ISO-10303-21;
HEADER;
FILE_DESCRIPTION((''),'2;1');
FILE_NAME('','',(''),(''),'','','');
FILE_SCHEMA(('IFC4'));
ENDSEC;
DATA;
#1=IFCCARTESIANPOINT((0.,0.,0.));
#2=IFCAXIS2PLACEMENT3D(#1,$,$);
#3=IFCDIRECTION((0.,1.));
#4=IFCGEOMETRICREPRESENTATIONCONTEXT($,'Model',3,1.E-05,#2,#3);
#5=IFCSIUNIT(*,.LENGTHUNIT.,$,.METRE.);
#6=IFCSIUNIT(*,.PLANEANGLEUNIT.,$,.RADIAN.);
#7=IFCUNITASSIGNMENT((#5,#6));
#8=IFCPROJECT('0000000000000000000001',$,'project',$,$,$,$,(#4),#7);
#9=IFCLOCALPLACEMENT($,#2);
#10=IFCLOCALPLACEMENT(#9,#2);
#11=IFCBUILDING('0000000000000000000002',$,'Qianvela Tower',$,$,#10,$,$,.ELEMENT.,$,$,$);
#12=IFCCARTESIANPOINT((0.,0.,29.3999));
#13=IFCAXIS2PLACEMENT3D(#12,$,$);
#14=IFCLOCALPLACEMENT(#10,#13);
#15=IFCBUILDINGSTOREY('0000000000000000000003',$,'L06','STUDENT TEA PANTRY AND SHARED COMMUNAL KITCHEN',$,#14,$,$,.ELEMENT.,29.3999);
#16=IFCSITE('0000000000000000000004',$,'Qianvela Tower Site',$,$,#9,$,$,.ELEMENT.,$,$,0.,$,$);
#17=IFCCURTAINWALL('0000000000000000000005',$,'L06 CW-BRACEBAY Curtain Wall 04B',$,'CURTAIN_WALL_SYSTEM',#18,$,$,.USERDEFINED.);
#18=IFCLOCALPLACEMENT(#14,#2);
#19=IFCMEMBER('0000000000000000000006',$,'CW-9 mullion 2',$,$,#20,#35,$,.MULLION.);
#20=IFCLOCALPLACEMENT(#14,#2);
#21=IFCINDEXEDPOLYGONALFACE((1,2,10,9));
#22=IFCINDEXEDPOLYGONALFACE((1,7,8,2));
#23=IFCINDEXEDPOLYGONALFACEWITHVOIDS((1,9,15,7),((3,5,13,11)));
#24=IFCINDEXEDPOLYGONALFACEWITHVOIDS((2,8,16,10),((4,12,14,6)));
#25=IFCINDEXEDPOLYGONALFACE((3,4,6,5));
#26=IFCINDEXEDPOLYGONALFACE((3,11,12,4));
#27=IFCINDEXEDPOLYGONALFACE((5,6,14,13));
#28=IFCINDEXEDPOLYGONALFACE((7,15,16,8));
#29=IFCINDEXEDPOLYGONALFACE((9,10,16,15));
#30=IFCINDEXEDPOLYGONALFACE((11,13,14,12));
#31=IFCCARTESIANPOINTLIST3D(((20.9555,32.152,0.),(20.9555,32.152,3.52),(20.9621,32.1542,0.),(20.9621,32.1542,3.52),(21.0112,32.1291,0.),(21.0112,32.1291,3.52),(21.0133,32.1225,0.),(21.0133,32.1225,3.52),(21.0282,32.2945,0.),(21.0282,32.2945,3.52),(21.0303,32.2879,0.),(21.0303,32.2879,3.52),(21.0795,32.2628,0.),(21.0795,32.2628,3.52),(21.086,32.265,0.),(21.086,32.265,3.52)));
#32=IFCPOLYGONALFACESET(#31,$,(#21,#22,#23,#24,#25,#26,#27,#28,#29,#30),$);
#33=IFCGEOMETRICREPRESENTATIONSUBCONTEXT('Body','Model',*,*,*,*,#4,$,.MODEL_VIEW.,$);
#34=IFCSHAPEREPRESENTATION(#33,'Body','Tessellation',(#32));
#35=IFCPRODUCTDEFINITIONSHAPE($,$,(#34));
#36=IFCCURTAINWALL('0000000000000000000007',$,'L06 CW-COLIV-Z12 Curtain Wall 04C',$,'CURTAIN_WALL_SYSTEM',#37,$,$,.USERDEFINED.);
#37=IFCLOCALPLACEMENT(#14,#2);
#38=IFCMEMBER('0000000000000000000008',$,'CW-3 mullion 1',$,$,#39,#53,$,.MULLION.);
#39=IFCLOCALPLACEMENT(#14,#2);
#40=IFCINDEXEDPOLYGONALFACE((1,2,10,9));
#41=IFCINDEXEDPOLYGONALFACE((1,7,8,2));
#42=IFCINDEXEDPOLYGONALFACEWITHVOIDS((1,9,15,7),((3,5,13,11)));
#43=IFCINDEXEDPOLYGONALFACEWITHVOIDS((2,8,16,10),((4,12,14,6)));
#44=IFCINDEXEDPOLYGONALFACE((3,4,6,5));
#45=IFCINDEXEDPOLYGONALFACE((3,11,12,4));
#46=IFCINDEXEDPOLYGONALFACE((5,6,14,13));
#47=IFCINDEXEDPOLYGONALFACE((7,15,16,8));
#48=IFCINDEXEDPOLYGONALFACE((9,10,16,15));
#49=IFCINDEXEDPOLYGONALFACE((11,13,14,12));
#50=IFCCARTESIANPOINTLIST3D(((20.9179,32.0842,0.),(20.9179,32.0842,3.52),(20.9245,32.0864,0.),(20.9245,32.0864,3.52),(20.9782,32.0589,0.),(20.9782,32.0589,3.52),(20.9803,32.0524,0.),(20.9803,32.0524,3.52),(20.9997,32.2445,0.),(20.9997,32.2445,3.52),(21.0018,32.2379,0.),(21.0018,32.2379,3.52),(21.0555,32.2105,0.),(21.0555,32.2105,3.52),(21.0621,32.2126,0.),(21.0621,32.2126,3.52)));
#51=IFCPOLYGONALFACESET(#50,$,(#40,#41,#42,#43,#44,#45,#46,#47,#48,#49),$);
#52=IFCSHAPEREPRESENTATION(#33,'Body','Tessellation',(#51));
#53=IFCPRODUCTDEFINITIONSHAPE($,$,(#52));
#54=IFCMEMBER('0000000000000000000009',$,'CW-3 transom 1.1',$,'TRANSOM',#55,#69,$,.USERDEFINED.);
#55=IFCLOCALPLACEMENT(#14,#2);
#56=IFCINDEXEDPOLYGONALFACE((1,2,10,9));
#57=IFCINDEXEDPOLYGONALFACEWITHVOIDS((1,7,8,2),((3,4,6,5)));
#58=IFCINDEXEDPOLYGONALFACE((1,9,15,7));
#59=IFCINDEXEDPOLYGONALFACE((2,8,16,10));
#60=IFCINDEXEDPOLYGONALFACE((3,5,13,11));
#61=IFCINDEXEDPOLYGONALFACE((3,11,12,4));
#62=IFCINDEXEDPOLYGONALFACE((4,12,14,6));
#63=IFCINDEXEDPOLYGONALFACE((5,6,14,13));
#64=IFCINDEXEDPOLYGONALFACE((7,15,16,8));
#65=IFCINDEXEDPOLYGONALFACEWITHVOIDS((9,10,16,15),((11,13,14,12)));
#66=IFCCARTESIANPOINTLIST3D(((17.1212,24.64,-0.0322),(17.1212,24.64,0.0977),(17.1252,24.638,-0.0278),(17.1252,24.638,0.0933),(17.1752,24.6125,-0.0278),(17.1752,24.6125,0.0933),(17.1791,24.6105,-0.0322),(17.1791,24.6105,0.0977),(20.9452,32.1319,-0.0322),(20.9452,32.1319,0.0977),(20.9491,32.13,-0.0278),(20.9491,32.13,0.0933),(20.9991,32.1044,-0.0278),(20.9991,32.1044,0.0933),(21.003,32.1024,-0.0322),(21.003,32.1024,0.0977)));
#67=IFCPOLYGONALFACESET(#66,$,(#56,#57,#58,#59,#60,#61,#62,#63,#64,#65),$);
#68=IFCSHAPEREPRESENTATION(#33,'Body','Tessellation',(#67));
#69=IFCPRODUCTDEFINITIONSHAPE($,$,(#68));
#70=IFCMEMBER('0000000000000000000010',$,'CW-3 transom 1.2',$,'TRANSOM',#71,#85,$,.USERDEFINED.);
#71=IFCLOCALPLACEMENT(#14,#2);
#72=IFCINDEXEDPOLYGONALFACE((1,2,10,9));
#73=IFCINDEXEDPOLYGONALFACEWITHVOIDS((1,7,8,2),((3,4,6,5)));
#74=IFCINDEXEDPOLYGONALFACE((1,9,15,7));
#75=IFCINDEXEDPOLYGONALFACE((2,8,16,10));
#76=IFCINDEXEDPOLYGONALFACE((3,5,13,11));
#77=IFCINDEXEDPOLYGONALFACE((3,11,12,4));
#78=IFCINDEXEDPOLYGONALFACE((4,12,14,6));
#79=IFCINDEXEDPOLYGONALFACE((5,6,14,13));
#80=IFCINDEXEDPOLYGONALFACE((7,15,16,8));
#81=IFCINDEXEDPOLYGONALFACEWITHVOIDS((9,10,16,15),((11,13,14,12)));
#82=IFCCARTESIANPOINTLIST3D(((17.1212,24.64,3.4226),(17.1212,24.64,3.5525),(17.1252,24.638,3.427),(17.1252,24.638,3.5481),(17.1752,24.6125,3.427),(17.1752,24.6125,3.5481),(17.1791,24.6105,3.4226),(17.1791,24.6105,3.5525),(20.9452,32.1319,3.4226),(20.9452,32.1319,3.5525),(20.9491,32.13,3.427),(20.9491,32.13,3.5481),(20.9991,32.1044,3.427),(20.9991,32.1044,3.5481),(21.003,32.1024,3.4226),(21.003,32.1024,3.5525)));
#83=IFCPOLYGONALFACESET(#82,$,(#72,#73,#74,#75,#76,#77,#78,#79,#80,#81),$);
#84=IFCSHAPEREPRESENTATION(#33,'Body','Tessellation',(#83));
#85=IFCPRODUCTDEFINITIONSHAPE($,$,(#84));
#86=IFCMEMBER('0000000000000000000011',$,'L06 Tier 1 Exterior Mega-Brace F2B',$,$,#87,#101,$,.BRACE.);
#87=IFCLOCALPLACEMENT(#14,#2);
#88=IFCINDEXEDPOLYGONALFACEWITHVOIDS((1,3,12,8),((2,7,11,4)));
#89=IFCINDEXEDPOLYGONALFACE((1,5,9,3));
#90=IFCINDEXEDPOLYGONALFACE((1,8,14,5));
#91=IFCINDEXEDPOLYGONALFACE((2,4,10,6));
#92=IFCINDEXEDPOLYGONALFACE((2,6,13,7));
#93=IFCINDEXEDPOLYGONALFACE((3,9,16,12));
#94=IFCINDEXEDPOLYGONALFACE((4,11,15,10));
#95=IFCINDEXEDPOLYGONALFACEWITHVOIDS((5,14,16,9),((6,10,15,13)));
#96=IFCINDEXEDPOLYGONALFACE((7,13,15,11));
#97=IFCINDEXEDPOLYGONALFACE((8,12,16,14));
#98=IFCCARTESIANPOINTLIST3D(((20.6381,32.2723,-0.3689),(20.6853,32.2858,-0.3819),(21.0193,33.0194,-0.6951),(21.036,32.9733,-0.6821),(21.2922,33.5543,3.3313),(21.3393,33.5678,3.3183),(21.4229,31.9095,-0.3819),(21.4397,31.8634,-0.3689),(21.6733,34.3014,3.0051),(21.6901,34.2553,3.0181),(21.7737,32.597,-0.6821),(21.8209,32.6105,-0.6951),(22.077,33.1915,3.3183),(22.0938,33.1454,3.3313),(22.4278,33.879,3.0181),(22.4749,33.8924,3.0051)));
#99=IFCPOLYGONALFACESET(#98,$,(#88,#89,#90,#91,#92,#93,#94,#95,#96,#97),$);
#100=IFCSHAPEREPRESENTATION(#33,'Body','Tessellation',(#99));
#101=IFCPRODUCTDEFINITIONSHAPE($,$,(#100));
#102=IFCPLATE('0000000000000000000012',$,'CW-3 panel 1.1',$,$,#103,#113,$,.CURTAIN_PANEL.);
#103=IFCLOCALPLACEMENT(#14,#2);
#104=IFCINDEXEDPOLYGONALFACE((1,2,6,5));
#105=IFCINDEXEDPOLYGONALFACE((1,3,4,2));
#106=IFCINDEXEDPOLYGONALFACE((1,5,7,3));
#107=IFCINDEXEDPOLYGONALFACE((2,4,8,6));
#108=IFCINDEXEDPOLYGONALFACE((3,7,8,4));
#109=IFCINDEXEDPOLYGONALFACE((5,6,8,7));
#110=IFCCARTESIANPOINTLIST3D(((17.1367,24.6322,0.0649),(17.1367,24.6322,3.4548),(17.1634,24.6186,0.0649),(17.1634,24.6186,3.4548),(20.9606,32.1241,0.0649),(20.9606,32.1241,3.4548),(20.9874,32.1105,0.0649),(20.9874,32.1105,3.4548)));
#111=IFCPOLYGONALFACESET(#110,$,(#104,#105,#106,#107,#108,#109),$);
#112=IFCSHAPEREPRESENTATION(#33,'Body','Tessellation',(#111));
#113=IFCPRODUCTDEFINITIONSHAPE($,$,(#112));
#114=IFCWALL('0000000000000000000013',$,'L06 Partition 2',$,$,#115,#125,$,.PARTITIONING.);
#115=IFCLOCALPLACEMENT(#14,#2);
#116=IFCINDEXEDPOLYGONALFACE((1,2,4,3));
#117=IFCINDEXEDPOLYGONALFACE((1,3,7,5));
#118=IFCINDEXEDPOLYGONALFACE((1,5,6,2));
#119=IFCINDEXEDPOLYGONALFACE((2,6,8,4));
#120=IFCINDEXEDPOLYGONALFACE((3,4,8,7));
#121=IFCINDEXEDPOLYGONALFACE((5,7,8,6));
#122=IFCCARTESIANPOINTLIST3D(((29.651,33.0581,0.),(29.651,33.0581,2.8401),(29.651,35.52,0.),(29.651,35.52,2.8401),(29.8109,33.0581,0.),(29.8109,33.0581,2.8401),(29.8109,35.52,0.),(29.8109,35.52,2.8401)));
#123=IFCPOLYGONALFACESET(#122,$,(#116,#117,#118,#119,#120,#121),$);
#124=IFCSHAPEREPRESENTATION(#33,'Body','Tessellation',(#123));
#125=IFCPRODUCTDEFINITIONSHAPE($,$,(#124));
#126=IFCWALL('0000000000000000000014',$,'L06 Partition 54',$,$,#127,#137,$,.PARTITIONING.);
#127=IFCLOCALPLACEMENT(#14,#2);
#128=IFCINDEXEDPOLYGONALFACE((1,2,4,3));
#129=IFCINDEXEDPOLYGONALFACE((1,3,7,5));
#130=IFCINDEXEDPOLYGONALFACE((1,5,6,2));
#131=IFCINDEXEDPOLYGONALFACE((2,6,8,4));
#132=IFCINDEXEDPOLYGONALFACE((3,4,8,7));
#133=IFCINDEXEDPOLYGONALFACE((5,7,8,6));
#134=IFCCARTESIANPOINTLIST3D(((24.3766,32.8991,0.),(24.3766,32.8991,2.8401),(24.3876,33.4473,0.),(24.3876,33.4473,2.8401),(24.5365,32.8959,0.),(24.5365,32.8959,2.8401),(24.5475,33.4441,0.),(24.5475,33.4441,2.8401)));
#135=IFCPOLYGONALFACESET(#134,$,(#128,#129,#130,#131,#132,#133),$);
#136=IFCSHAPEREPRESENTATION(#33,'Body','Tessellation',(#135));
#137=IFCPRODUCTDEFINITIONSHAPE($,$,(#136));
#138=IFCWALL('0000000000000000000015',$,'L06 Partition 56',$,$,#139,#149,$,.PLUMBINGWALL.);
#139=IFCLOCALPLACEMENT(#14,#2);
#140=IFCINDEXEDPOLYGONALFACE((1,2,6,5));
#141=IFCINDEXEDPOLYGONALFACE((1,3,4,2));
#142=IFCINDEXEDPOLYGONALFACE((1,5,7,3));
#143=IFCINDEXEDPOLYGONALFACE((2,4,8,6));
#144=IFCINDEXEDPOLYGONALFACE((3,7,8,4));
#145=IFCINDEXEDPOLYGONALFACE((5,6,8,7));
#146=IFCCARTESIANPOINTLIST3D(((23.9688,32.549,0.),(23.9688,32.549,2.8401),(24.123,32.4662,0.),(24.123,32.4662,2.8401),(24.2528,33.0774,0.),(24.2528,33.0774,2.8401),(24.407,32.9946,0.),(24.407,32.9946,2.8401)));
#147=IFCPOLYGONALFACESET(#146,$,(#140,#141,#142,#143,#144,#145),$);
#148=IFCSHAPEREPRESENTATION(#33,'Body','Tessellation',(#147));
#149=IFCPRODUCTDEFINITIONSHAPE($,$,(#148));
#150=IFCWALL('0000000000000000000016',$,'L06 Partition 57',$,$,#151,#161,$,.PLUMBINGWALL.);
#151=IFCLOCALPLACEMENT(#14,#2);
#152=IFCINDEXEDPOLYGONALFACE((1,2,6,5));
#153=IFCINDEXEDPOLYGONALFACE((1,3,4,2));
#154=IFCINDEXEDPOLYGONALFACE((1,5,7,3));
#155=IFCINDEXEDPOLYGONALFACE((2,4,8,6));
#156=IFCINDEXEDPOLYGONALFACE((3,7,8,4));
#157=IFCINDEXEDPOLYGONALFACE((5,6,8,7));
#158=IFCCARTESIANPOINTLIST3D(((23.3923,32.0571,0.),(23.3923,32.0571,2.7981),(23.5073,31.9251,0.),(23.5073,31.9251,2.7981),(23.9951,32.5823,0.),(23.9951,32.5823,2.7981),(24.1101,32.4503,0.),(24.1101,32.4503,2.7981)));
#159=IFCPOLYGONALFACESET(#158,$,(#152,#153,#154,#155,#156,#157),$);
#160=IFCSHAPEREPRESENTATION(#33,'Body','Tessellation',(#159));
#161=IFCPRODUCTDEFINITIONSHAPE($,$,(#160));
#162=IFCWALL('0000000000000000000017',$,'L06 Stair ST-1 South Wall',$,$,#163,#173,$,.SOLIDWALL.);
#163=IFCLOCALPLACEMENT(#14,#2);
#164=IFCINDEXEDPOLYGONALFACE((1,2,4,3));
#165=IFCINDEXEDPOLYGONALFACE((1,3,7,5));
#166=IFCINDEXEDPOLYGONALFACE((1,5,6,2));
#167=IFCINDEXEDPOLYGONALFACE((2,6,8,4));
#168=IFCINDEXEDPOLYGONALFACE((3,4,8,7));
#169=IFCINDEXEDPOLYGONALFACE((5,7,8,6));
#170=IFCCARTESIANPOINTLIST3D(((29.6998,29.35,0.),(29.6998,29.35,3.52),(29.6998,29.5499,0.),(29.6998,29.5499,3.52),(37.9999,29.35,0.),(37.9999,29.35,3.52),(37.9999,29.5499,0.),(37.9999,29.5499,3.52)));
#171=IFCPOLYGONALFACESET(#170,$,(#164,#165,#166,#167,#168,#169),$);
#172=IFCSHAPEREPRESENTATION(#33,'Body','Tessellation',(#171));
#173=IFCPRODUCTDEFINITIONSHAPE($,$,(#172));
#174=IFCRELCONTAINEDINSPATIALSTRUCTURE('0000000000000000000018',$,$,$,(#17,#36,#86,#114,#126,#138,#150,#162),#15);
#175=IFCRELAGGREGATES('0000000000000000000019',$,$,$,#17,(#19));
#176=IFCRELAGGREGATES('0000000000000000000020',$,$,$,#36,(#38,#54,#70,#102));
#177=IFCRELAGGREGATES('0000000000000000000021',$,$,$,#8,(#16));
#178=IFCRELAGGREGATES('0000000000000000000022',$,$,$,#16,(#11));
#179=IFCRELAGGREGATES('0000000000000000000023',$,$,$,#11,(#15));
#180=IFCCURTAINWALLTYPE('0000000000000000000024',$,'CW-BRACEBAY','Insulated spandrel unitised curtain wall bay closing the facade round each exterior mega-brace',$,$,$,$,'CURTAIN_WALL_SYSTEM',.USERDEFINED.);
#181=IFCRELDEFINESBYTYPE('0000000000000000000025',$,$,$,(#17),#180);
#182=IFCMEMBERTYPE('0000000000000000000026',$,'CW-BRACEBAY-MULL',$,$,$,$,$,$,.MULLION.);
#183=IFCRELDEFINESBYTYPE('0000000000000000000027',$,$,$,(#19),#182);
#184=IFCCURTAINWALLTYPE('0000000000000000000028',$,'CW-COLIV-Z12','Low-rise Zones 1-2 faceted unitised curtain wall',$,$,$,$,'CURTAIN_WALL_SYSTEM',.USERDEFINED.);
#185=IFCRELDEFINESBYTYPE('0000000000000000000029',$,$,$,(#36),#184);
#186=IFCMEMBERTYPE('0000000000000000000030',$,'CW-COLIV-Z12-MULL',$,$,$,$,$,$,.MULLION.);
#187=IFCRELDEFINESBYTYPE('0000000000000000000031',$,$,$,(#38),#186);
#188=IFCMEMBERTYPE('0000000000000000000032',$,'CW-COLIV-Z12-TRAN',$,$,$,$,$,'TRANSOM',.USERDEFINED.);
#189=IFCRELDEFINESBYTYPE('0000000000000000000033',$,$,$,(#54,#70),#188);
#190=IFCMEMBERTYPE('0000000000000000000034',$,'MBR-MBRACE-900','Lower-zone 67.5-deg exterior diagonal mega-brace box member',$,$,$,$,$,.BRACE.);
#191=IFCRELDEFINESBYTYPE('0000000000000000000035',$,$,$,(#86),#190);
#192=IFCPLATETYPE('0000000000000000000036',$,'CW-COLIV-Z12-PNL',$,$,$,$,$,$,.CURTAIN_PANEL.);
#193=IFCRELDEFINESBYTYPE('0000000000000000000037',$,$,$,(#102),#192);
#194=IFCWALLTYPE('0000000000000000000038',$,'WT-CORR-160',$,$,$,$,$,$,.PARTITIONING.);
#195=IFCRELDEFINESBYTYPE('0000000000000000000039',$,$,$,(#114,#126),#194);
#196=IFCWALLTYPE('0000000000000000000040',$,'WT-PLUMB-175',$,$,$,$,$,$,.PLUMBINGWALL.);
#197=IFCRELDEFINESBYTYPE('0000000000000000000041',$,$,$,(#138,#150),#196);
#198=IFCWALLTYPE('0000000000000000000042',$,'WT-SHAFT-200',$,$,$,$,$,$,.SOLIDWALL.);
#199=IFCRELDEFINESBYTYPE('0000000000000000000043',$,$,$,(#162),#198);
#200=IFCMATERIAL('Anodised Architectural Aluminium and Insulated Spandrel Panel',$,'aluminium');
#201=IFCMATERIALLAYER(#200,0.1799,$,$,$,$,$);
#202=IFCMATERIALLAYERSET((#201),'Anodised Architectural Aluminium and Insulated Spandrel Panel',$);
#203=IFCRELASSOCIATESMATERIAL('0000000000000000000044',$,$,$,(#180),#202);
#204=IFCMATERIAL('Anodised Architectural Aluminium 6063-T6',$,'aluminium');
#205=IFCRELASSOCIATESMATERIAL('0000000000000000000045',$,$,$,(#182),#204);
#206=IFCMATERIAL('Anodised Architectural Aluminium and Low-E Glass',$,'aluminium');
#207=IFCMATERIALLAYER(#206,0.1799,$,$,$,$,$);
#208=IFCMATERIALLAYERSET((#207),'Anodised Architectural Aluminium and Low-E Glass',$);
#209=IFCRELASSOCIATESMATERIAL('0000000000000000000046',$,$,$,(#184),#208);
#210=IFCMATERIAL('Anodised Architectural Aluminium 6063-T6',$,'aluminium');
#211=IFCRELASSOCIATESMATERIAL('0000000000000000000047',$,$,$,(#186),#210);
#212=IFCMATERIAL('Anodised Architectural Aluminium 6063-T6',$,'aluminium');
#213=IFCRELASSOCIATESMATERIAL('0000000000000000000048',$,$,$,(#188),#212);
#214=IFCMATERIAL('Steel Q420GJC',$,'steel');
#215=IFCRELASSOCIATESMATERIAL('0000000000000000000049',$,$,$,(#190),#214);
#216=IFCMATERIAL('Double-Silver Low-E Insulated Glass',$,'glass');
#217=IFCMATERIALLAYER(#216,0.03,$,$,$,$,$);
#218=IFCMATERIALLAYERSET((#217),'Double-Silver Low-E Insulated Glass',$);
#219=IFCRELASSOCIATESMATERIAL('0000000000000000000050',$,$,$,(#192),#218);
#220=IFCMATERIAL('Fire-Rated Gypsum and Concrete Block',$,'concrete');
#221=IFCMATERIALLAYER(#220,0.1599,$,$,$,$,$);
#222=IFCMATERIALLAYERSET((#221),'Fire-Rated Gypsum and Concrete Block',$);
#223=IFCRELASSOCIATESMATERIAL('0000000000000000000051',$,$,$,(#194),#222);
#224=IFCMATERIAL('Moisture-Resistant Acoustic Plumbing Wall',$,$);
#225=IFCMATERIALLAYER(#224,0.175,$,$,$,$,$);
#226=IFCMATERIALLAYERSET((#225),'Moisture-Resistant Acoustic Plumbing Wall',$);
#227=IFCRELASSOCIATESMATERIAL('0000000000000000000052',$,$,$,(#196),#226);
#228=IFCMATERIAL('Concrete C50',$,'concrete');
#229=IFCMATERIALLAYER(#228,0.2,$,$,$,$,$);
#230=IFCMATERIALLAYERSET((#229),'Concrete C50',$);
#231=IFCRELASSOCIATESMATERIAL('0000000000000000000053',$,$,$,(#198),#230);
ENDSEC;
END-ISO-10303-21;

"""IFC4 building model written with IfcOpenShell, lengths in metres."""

from ifc_helpers import new_model, si_unit, direction, frame, frame_2d, origin, origin_2d, place, context, subcontext, project, spatial, rectangle, hollow_rectangle, extrude, material, layer, layer_set, material_profile, profile_set, type_object, element, aggregate, save


model = new_model("IFC4")

# Units and contexts
model_context = context("Model", 3, precision=1e-05, world=origin(), true_north=direction((0.0, 1.0)))
body_context = subcontext(model_context, "Body", "Model", "MODEL_VIEW")
ifc_project = project(units=[si_unit("LENGTHUNIT", "METRE"), si_unit("PLANEANGLEUNIT", "RADIAN")], contexts=[model_context])

# Site, building, storey
site_placement = place(None, origin())
site = spatial("IfcSite", under=ifc_project, at=site_placement, Name="Qianvela Tower Site", CompositionType="ELEMENT", RefElevation=0.0)
building_placement = place(site_placement, origin())
building = spatial("IfcBuilding", under=site, at=building_placement, Name="Qianvela Tower", CompositionType="ELEMENT")
storey_placement = place(building_placement, frame((0.0, 0.0, 29.3999)))
storey = spatial("IfcBuildingStorey", under=building, at=storey_placement, Name="L06", Description="STUDENT TEA PANTRY AND SHARED COMMUNAL KITCHEN", CompositionType="ELEMENT", Elevation=29.3999)

# Curtain wall, member
ifc_material_1 = material(Name="Anodised Architectural Aluminium and Insulated Spandrel Panel", Category="aluminium")
ifc_layer_1 = layer(ifc_material_1, 0.1799)
ifc_layer_set_1 = layer_set([ifc_layer_1], Name="Anodised Architectural Aluminium and Insulated Spandrel Panel")
curtain_wall_type_1 = type_object("IfcCurtainWallType", Name="CW-BRACEBAY", Description="Insulated spandrel unitised curtain wall bay closing the facade round each exterior mega-brace", ElementType="CURTAIN_WALL_SYSTEM", PredefinedType="USERDEFINED", material=ifc_layer_set_1)
curtain_wall_1_placement = place(storey_placement, origin())
curtain_wall_1 = element("IfcCurtainWall", 1, at=curtain_wall_1_placement, inside=storey, type_object=curtain_wall_type_1, Name="L06 CW-BRACEBAY Curtain Wall 04B", ObjectType="CURTAIN_WALL_SYSTEM", PredefinedType="USERDEFINED")
ifc_material_2 = material(Name="Anodised Architectural Aluminium 6063-T6", Category="aluminium")
ifc_material_profile_1 = material_profile(ifc_material_2, hollow_rectangle(XDim=0.0649, YDim=0.1599, WallThickness=0.0049, at=origin_2d()), Name="ALU-MULL-65x160")
ifc_profile_set_1 = profile_set([ifc_material_profile_1], Name="Anodised Architectural Aluminium 6063-T6")
member_type_1 = type_object("IfcMemberType", Name="CW-BRACEBAY-MULL", PredefinedType="MULLION", material=ifc_profile_set_1)
member_1_placement = place(storey_placement, frame((21.0208, 32.2085, 0.0), z_axis=(0.0, 0.0, 1.0), x_axis=(0.890689, -0.454613, 0.0)))
member_1 = element("IfcMember", 2, at=member_1_placement, type_object=member_type_1, Name="CW-9 mullion 2", PredefinedType="MULLION", context=body_context, shape_type="SweptSolid", body=[
    extrude(hollow_rectangle(XDim=0.0649, YDim=0.1599, WallThickness=0.0049, at=origin_2d()), origin(), (0.0, 0.0, 1.0), 3.52),
])
aggregate(curtain_wall_1, [member_1])

# Curtain wall, members
ifc_material_3 = material(Name="Anodised Architectural Aluminium and Low-E Glass", Category="aluminium")
ifc_layer_2 = layer(ifc_material_3, 0.1799)
ifc_layer_set_2 = layer_set([ifc_layer_2], Name="Anodised Architectural Aluminium and Low-E Glass")
curtain_wall_type_2 = type_object("IfcCurtainWallType", Name="CW-COLIV-Z12", Description="Low-rise Zones 1-2 faceted unitised curtain wall", ElementType="CURTAIN_WALL_SYSTEM", PredefinedType="USERDEFINED", material=ifc_layer_set_2)
curtain_wall_2_placement = place(storey_placement, origin())
curtain_wall_2 = element("IfcCurtainWall", 3, at=curtain_wall_2_placement, inside=storey, type_object=curtain_wall_type_2, Name="L06 CW-COLIV-Z12 Curtain Wall 04C", ObjectType="CURTAIN_WALL_SYSTEM", PredefinedType="USERDEFINED")
ifc_material_4 = material(Name="Anodised Architectural Aluminium 6063-T6", Category="aluminium")
ifc_material_profile_2 = material_profile(ifc_material_4, hollow_rectangle(XDim=0.0701, YDim=0.1799, WallThickness=0.0049, at=origin_2d()), Name="ALU-MULL-70x180")
ifc_profile_set_2 = profile_set([ifc_material_profile_2], Name="Anodised Architectural Aluminium 6063-T6")
member_type_2 = type_object("IfcMemberType", Name="CW-COLIV-Z12-MULL", PredefinedType="MULLION", material=ifc_profile_set_2)
member_2_placement = place(storey_placement, frame((20.99, 32.1484, 0.0), z_axis=(0.0, 0.0, 1.0), x_axis=(0.890687, -0.454617, 0.0)))
member_2 = element("IfcMember", 4, at=member_2_placement, type_object=member_type_2, Name="CW-3 mullion 1", PredefinedType="MULLION", context=body_context, shape_type="SweptSolid", body=[
    extrude(hollow_rectangle(XDim=0.0701, YDim=0.1799, WallThickness=0.0049, at=origin_2d()), origin(), (0.0, 0.0, 1.0), 3.52),
])
ifc_material_5 = material(Name="Anodised Architectural Aluminium 6063-T6", Category="aluminium")
ifc_material_profile_3 = material_profile(ifc_material_5, hollow_rectangle(XDim=0.0649, YDim=0.1299, WallThickness=0.0044, at=origin_2d()), Name="ALU-TRAN-65x130")
ifc_profile_set_3 = profile_set([ifc_material_profile_3], Name="Anodised Architectural Aluminium 6063-T6")
member_type_3 = type_object("IfcMemberType", Name="CW-COLIV-Z12-TRAN", ElementType="TRANSOM", PredefinedType="USERDEFINED", material=ifc_profile_set_3)
member_3_placement = place(storey_placement, frame((20.9741, 32.1172, 0.0327), z_axis=(-0.454617, -0.890687, 0.0), x_axis=(0.890687, -0.454617, 0.0)))
member_3 = element("IfcMember", 5, at=member_3_placement, type_object=member_type_3, Name="CW-3 transom 1.1", ObjectType="TRANSOM", PredefinedType="USERDEFINED", context=body_context, shape_type="SweptSolid", body=[
    extrude(hollow_rectangle(XDim=0.0649, YDim=0.1299, WallThickness=0.0044, at=origin_2d()), origin(), (0.0, 0.0, 1.0), 8.4114),
])
member_4_placement = place(storey_placement, frame((20.9741, 32.1172, 3.4875), z_axis=(-0.454617, -0.890687, 0.0), x_axis=(0.890687, -0.454617, 0.0)))
member_4 = element("IfcMember", 6, at=member_4_placement, type_object=member_type_3, Name="CW-3 transom 1.2", ObjectType="TRANSOM", PredefinedType="USERDEFINED", context=body_context, shape_type="SweptSolid", body=[
    extrude(hollow_rectangle(XDim=0.0649, YDim=0.1299, WallThickness=0.0044, at=origin_2d()), origin(), (0.0, 0.0, 1.0), 8.4114),
])

# Member
ifc_material_6 = material(Name="Steel Q420GJC", Category="steel")
ifc_material_profile_4 = material_profile(ifc_material_6, hollow_rectangle(XDim=0.8999, YDim=0.8999, WallThickness=0.0359, at=origin_2d()), Name="MBOX-900x900x36")
ifc_profile_set_4 = profile_set([ifc_material_profile_4], Name="Steel Q420GJC")
member_type_4 = type_object("IfcMemberType", Name="MBR-MBRACE-900", Description="Lower-zone 67.5-deg exterior diagonal mega-brace box member", PredefinedType="BRACE", material=ifc_profile_set_4)
member_5_placement = place(storey_placement, frame((21.2295, 32.4414, -0.532), z_axis=(0.164739, 0.322899, 0.931986), x_axis=(-0.890767, 0.454459, 0.0)))
element("IfcMember", 7, at=member_5_placement, inside=storey, type_object=member_type_4, Name="L06 Tier 1 Exterior Mega-Brace F2B", PredefinedType="BRACE", context=body_context, shape_type="SweptSolid", body=[
    extrude(hollow_rectangle(XDim=0.8999, YDim=0.8999, WallThickness=0.0359, at=origin_2d()), origin(), (0.0, 0.0, 1.0), 3.9702),
])

# Plate
ifc_material_7 = material(Name="Double-Silver Low-E Insulated Glass", Category="glass")
ifc_layer_3 = layer(ifc_material_7, 0.03)
ifc_layer_set_3 = layer_set([ifc_layer_3], Name="Double-Silver Low-E Insulated Glass")
plate_type = type_object("IfcPlateType", Name="CW-COLIV-Z12-PNL", PredefinedType="CURTAIN_PANEL", material=ifc_layer_set_3)
plate_placement = place(storey_placement, frame((19.062, 28.3713, 0.0649), z_axis=(0.0, 0.0, 1.0), x_axis=(-0.454617, -0.890687, 0.0)))
plate = element("IfcPlate", 8, at=plate_placement, type_object=plate_type, Name="CW-3 panel 1.1", PredefinedType="CURTAIN_PANEL", context=body_context, shape_type="SweptSolid", body=[
    extrude(rectangle(XDim=8.4114, YDim=0.03, at=origin_2d()), origin(), (0.0, 0.0, 1.0), 3.3899),
])
aggregate(curtain_wall_2, [member_2, member_3, member_4, plate])

# Walls
ifc_material_8 = material(Name="Fire-Rated Gypsum and Concrete Block", Category="concrete")
ifc_layer_4 = layer(ifc_material_8, 0.1599)
ifc_layer_set_4 = layer_set([ifc_layer_4], Name="Fire-Rated Gypsum and Concrete Block")
wall_type_1 = type_object("IfcWallType", Name="WT-CORR-160", PredefinedType="PARTITIONING", material=ifc_layer_set_4)
wall_1_placement = place(storey_placement, frame((29.731, 33.0581, 0.0), z_axis=(0.0, 0.0, 1.0), x_axis=(0.0, 1.0, 0.0)))
element("IfcWall", 9, at=wall_1_placement, inside=storey, type_object=wall_type_1, Name="L06 Partition 2", PredefinedType="PARTITIONING", context=body_context, shape_type="SweptSolid", body=[
    extrude(rectangle(XDim=2.4619, YDim=0.1599, at=frame_2d((1.231, 0.0))), origin(), (0.0, 0.0, 1.0), 2.8401),
])
wall_2_placement = place(storey_placement, frame((24.4565, 32.8975, 0.0), z_axis=(0.0, 0.0, 1.0), x_axis=(0.020032, 0.999799, 0.0)))
element("IfcWall", 10, at=wall_2_placement, inside=storey, type_object=wall_type_1, Name="L06 Partition 54", PredefinedType="PARTITIONING", context=body_context, shape_type="SweptSolid", body=[
    extrude(rectangle(XDim=0.5483, YDim=0.1599, at=frame_2d((0.2742, 0.0))), origin(), (0.0, 0.0, 1.0), 2.8401),
])
ifc_material_9 = material(Name="Moisture-Resistant Acoustic Plumbing Wall")
ifc_layer_5 = layer(ifc_material_9, 0.175)
ifc_layer_set_5 = layer_set([ifc_layer_5], Name="Moisture-Resistant Acoustic Plumbing Wall")
wall_type_2 = type_object("IfcWallType", Name="WT-PLUMB-175", PredefinedType="PLUMBINGWALL", material=ifc_layer_set_5)
wall_3_placement = place(storey_placement, frame((24.3298, 33.0359, 0.0), z_axis=(0.0, 0.0, 1.0), x_axis=(-0.473396, -0.88085, 0.0)))
element("IfcWall", 11, at=wall_3_placement, inside=storey, type_object=wall_type_2, Name="L06 Partition 56", PredefinedType="PLUMBINGWALL", context=body_context, shape_type="SweptSolid", body=[
    extrude(rectangle(XDim=0.5999, YDim=0.175, at=frame_2d((0.2998, 0.0))), origin(), (0.0, 0.0, 1.0), 2.8401),
])
wall_4_placement = place(storey_placement, frame((24.0527, 32.5164, 0.0), z_axis=(0.0, 0.0, 1.0), x_axis=(-0.753994, -0.656882, 0.0)))
element("IfcWall", 12, at=wall_4_placement, inside=storey, type_object=wall_type_2, Name="L06 Partition 57", PredefinedType="PLUMBINGWALL", context=body_context, shape_type="SweptSolid", body=[
    extrude(rectangle(XDim=0.7996, YDim=0.175, at=frame_2d((0.3999, 0.0))), origin(), (0.0, 0.0, 1.0), 2.7981),
])
ifc_material_10 = material(Name="Concrete C50", Category="concrete")
ifc_layer_6 = layer(ifc_material_10, 0.2)
ifc_layer_set_6 = layer_set([ifc_layer_6], Name="Concrete C50")
wall_type_3 = type_object("IfcWallType", Name="WT-SHAFT-200", PredefinedType="SOLIDWALL", material=ifc_layer_set_6)
wall_5_placement = place(storey_placement, frame((29.7, 29.45, 0.0), z_axis=(0.0, 0.0, 1.0), x_axis=(1.0, 0.0, 0.0)))
element("IfcWall", 13, at=wall_5_placement, inside=storey, type_object=wall_type_3, Name="L06 Stair ST-1 South Wall", PredefinedType="SOLIDWALL", context=body_context, shape_type="SweptSolid", body=[
    extrude(rectangle(XDim=8.3, YDim=0.2, at=frame_2d((4.1499, 0.0))), origin(), (0.0, 0.0, 1.0), 3.52),
])

save(model, "model.ifc")
